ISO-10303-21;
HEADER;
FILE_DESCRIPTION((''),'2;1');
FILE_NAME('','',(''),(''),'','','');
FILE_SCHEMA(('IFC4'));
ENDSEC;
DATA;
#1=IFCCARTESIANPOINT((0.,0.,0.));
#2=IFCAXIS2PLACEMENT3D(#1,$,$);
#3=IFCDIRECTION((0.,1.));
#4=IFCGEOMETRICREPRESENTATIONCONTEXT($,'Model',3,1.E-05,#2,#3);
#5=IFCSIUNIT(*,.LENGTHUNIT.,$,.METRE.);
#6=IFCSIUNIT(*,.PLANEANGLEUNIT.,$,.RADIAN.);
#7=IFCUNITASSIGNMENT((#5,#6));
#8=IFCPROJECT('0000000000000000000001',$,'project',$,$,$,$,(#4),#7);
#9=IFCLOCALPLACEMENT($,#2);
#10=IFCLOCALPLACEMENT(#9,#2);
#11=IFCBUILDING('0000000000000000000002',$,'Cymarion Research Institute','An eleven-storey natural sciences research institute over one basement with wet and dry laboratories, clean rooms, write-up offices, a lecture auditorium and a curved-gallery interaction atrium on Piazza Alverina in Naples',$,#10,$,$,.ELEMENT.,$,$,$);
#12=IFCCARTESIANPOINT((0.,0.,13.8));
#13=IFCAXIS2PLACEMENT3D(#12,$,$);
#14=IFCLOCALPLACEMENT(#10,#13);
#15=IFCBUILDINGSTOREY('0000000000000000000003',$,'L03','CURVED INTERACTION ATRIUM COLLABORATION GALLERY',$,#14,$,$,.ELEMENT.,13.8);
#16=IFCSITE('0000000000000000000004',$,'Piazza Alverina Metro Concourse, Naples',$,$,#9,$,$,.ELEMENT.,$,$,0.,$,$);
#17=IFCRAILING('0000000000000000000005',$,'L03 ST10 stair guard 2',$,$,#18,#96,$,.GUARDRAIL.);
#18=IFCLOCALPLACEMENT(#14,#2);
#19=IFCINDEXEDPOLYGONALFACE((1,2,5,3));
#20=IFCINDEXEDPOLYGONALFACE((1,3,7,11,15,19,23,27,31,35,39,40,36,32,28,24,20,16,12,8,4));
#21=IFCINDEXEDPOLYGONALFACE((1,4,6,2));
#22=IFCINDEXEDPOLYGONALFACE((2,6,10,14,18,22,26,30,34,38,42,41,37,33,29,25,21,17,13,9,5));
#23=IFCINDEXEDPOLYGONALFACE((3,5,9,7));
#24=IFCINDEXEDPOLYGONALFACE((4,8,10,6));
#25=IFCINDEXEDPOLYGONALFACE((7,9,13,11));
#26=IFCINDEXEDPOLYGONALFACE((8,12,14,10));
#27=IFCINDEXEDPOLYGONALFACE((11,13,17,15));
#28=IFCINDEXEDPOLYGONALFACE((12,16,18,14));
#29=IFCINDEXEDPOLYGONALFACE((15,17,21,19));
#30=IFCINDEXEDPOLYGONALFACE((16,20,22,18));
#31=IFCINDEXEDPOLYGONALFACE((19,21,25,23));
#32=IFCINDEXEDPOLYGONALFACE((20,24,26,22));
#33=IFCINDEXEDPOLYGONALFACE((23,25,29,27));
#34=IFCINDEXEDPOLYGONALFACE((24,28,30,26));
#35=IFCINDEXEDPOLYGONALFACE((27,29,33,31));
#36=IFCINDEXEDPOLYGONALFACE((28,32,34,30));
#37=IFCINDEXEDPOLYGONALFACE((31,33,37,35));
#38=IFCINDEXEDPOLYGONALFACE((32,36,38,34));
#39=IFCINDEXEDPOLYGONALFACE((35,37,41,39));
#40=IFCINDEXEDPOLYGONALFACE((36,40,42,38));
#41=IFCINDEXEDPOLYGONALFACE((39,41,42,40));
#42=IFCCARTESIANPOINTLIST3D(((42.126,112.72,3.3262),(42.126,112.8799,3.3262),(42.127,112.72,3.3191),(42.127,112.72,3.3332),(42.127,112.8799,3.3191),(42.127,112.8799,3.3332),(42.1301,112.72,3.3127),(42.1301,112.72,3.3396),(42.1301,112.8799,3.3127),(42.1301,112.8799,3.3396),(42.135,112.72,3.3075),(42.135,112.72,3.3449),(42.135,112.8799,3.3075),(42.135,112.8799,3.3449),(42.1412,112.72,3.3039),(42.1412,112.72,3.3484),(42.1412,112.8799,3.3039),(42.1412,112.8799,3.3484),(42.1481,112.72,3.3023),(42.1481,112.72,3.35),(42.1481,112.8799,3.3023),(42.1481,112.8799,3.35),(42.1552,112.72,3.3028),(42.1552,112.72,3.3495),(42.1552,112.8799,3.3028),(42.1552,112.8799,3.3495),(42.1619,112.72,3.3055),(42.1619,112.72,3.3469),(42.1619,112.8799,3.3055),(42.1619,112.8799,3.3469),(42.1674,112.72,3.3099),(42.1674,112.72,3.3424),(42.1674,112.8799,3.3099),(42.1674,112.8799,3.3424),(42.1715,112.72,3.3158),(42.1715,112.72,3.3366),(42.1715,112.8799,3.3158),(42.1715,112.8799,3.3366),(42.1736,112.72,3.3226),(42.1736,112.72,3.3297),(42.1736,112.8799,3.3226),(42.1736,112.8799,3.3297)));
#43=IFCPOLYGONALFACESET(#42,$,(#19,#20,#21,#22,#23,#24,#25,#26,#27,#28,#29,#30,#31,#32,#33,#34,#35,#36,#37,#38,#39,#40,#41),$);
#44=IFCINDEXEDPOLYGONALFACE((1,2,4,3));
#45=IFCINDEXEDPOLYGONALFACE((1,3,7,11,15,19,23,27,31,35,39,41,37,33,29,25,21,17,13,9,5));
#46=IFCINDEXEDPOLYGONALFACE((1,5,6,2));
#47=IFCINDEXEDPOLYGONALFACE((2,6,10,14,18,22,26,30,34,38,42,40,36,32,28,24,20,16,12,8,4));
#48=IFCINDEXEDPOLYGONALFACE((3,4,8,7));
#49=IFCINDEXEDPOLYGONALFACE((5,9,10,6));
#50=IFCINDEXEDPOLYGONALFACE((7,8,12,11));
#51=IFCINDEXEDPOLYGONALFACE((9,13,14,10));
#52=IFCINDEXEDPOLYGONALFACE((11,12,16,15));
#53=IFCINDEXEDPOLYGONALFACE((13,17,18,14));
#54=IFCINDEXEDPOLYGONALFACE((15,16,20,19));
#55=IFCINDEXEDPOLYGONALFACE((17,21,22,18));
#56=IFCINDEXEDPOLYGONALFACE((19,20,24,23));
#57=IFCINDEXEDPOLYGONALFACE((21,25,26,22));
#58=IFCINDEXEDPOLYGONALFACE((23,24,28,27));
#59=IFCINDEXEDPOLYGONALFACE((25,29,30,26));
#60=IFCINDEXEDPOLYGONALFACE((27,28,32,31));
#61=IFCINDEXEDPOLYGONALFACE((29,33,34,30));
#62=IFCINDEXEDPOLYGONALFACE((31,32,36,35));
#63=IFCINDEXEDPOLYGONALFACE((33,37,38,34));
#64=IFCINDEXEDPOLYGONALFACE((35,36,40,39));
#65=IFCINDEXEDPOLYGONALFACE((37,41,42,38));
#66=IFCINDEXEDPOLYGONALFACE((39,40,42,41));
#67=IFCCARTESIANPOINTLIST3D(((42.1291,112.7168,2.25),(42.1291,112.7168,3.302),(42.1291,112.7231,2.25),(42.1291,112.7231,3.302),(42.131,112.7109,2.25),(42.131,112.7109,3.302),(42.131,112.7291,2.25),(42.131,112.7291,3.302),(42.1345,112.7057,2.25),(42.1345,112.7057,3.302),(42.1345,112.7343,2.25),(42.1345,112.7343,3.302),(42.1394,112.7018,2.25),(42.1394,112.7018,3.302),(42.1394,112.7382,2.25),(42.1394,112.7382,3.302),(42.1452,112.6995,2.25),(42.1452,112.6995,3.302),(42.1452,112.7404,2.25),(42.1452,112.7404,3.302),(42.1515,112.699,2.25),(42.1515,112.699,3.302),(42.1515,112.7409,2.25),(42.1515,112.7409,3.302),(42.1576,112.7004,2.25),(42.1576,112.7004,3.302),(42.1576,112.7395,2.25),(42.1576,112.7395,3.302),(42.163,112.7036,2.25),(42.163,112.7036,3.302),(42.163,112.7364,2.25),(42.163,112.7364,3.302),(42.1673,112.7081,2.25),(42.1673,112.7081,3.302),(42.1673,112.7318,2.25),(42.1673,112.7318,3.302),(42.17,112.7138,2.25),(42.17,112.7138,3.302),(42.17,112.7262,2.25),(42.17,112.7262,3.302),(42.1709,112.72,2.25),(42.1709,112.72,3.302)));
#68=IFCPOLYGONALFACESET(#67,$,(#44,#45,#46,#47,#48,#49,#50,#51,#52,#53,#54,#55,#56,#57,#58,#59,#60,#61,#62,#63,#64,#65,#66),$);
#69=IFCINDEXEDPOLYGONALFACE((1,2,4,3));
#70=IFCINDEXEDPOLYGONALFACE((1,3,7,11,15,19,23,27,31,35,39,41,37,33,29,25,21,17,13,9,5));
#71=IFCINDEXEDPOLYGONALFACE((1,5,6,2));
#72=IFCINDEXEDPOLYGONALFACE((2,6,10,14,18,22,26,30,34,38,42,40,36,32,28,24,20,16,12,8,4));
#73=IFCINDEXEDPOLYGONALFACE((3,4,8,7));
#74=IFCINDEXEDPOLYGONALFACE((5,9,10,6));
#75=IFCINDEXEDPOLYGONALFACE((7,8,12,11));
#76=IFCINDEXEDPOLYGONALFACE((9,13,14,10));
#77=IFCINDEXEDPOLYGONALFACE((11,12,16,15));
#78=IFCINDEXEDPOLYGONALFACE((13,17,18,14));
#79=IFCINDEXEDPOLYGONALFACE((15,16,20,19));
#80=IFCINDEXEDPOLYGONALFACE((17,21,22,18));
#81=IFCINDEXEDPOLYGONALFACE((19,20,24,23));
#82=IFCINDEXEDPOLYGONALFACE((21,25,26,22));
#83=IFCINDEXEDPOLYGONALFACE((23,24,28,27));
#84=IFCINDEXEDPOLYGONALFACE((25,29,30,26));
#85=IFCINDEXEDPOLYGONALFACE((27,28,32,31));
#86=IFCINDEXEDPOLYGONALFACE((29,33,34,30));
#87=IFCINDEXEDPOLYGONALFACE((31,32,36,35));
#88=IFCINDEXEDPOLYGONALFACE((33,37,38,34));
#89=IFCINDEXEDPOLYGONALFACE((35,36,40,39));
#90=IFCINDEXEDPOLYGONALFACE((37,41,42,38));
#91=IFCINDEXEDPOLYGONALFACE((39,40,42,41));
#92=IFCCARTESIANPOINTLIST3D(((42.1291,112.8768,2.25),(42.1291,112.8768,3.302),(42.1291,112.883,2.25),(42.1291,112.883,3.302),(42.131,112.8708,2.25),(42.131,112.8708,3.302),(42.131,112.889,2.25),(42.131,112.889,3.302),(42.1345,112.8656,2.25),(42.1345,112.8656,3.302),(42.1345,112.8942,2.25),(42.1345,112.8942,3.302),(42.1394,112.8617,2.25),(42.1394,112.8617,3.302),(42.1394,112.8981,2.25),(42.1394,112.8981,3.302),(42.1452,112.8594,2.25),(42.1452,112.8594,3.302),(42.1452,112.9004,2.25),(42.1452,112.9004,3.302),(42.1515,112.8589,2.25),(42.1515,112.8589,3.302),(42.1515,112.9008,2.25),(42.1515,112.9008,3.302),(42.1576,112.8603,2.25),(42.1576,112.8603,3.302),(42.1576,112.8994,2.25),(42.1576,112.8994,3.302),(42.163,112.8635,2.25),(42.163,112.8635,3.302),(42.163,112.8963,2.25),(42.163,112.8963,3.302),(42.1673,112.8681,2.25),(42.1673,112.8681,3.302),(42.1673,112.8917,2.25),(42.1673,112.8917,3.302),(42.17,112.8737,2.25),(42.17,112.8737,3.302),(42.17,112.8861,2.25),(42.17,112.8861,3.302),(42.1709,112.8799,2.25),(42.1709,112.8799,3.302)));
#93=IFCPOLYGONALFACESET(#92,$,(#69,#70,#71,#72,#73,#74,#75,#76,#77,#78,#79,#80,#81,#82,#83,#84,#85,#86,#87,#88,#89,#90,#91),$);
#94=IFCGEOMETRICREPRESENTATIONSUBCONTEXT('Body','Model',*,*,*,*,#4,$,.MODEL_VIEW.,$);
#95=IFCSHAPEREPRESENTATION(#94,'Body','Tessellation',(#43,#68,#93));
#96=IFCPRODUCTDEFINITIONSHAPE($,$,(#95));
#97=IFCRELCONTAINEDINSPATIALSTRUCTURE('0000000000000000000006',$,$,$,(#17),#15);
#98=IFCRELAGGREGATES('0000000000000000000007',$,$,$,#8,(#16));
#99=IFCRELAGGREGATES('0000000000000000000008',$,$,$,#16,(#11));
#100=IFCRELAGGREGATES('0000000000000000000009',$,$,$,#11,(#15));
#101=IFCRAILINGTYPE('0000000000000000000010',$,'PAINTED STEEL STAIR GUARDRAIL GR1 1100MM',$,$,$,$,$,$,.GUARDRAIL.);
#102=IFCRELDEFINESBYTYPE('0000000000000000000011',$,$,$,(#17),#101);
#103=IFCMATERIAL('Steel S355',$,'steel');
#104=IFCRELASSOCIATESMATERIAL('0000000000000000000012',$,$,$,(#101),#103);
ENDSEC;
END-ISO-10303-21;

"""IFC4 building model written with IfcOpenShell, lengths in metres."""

from ifc_helpers import new_model, si_unit, direction, frame, origin, origin_2d, place, context, subcontext, project, spatial, circle, extrude, material, type_object, element, save


model = new_model("IFC4")

# Units and contexts
model_context = context("Model", 3, precision=1e-05, world=origin(), true_north=direction((0.0, 1.0)))
body_context = subcontext(model_context, "Body", "Model", "MODEL_VIEW")
ifc_project = project(units=[si_unit("LENGTHUNIT", "METRE"), si_unit("PLANEANGLEUNIT", "RADIAN")], contexts=[model_context])

# Site, building, storey
site_placement = place(None, origin())
site = spatial("IfcSite", under=ifc_project, at=site_placement, Name="Piazza Alverina Metro Concourse, Naples", CompositionType="ELEMENT", RefElevation=0.0)
building_placement = place(site_placement, origin())
building = spatial("IfcBuilding", under=site, at=building_placement, Name="Cymarion Research Institute", Description="An eleven-storey natural sciences research institute over one basement with wet and dry laboratories, clean rooms, write-up offices, a lecture auditorium and a curved-gallery interaction atrium on Piazza Alverina in Naples", CompositionType="ELEMENT")
storey_placement = place(building_placement, frame((0.0, 0.0, 13.8)))
storey = spatial("IfcBuildingStorey", under=building, at=storey_placement, Name="L03", Description="CURVED INTERACTION ATRIUM COLLABORATION GALLERY", CompositionType="ELEMENT", Elevation=13.8)

# Shared definitions
ifc_material_1 = material(Name="Steel S355", Category="steel")

# Railing
railing_type_1 = type_object("IfcRailingType", Name="PAINTED STEEL STAIR GUARDRAIL GR1 1100MM", PredefinedType="GUARDRAIL", material=ifc_material_1)
railing_1_placement = place(storey_placement, frame((42.1499, 112.72, 2.25)))
element("IfcRailing", 1, at=railing_1_placement, inside=storey, type_object=railing_type_1, Name="L03 ST10 stair guard 2", PredefinedType="GUARDRAIL", context=body_context, shape_type="SweptSolid", body=[
    extrude(circle(Radius=0.0239, at=origin_2d()), frame((0.0, 0.0, 1.0762), z_axis=(0.0, 1.0, 0.0), x_axis=(-1.0, 0.0, 0.0)), (0.0, 0.0, 1.0), 0.1599),
    extrude(circle(Radius=0.021, at=origin_2d()), origin(), (0.0, 0.0, 1.0), 1.052),
    extrude(circle(Radius=0.021, at=origin_2d()), frame((0.0, 0.1599, 0.0)), (0.0, 0.0, 1.0), 1.052),
])

save(model, "model.ifc")
